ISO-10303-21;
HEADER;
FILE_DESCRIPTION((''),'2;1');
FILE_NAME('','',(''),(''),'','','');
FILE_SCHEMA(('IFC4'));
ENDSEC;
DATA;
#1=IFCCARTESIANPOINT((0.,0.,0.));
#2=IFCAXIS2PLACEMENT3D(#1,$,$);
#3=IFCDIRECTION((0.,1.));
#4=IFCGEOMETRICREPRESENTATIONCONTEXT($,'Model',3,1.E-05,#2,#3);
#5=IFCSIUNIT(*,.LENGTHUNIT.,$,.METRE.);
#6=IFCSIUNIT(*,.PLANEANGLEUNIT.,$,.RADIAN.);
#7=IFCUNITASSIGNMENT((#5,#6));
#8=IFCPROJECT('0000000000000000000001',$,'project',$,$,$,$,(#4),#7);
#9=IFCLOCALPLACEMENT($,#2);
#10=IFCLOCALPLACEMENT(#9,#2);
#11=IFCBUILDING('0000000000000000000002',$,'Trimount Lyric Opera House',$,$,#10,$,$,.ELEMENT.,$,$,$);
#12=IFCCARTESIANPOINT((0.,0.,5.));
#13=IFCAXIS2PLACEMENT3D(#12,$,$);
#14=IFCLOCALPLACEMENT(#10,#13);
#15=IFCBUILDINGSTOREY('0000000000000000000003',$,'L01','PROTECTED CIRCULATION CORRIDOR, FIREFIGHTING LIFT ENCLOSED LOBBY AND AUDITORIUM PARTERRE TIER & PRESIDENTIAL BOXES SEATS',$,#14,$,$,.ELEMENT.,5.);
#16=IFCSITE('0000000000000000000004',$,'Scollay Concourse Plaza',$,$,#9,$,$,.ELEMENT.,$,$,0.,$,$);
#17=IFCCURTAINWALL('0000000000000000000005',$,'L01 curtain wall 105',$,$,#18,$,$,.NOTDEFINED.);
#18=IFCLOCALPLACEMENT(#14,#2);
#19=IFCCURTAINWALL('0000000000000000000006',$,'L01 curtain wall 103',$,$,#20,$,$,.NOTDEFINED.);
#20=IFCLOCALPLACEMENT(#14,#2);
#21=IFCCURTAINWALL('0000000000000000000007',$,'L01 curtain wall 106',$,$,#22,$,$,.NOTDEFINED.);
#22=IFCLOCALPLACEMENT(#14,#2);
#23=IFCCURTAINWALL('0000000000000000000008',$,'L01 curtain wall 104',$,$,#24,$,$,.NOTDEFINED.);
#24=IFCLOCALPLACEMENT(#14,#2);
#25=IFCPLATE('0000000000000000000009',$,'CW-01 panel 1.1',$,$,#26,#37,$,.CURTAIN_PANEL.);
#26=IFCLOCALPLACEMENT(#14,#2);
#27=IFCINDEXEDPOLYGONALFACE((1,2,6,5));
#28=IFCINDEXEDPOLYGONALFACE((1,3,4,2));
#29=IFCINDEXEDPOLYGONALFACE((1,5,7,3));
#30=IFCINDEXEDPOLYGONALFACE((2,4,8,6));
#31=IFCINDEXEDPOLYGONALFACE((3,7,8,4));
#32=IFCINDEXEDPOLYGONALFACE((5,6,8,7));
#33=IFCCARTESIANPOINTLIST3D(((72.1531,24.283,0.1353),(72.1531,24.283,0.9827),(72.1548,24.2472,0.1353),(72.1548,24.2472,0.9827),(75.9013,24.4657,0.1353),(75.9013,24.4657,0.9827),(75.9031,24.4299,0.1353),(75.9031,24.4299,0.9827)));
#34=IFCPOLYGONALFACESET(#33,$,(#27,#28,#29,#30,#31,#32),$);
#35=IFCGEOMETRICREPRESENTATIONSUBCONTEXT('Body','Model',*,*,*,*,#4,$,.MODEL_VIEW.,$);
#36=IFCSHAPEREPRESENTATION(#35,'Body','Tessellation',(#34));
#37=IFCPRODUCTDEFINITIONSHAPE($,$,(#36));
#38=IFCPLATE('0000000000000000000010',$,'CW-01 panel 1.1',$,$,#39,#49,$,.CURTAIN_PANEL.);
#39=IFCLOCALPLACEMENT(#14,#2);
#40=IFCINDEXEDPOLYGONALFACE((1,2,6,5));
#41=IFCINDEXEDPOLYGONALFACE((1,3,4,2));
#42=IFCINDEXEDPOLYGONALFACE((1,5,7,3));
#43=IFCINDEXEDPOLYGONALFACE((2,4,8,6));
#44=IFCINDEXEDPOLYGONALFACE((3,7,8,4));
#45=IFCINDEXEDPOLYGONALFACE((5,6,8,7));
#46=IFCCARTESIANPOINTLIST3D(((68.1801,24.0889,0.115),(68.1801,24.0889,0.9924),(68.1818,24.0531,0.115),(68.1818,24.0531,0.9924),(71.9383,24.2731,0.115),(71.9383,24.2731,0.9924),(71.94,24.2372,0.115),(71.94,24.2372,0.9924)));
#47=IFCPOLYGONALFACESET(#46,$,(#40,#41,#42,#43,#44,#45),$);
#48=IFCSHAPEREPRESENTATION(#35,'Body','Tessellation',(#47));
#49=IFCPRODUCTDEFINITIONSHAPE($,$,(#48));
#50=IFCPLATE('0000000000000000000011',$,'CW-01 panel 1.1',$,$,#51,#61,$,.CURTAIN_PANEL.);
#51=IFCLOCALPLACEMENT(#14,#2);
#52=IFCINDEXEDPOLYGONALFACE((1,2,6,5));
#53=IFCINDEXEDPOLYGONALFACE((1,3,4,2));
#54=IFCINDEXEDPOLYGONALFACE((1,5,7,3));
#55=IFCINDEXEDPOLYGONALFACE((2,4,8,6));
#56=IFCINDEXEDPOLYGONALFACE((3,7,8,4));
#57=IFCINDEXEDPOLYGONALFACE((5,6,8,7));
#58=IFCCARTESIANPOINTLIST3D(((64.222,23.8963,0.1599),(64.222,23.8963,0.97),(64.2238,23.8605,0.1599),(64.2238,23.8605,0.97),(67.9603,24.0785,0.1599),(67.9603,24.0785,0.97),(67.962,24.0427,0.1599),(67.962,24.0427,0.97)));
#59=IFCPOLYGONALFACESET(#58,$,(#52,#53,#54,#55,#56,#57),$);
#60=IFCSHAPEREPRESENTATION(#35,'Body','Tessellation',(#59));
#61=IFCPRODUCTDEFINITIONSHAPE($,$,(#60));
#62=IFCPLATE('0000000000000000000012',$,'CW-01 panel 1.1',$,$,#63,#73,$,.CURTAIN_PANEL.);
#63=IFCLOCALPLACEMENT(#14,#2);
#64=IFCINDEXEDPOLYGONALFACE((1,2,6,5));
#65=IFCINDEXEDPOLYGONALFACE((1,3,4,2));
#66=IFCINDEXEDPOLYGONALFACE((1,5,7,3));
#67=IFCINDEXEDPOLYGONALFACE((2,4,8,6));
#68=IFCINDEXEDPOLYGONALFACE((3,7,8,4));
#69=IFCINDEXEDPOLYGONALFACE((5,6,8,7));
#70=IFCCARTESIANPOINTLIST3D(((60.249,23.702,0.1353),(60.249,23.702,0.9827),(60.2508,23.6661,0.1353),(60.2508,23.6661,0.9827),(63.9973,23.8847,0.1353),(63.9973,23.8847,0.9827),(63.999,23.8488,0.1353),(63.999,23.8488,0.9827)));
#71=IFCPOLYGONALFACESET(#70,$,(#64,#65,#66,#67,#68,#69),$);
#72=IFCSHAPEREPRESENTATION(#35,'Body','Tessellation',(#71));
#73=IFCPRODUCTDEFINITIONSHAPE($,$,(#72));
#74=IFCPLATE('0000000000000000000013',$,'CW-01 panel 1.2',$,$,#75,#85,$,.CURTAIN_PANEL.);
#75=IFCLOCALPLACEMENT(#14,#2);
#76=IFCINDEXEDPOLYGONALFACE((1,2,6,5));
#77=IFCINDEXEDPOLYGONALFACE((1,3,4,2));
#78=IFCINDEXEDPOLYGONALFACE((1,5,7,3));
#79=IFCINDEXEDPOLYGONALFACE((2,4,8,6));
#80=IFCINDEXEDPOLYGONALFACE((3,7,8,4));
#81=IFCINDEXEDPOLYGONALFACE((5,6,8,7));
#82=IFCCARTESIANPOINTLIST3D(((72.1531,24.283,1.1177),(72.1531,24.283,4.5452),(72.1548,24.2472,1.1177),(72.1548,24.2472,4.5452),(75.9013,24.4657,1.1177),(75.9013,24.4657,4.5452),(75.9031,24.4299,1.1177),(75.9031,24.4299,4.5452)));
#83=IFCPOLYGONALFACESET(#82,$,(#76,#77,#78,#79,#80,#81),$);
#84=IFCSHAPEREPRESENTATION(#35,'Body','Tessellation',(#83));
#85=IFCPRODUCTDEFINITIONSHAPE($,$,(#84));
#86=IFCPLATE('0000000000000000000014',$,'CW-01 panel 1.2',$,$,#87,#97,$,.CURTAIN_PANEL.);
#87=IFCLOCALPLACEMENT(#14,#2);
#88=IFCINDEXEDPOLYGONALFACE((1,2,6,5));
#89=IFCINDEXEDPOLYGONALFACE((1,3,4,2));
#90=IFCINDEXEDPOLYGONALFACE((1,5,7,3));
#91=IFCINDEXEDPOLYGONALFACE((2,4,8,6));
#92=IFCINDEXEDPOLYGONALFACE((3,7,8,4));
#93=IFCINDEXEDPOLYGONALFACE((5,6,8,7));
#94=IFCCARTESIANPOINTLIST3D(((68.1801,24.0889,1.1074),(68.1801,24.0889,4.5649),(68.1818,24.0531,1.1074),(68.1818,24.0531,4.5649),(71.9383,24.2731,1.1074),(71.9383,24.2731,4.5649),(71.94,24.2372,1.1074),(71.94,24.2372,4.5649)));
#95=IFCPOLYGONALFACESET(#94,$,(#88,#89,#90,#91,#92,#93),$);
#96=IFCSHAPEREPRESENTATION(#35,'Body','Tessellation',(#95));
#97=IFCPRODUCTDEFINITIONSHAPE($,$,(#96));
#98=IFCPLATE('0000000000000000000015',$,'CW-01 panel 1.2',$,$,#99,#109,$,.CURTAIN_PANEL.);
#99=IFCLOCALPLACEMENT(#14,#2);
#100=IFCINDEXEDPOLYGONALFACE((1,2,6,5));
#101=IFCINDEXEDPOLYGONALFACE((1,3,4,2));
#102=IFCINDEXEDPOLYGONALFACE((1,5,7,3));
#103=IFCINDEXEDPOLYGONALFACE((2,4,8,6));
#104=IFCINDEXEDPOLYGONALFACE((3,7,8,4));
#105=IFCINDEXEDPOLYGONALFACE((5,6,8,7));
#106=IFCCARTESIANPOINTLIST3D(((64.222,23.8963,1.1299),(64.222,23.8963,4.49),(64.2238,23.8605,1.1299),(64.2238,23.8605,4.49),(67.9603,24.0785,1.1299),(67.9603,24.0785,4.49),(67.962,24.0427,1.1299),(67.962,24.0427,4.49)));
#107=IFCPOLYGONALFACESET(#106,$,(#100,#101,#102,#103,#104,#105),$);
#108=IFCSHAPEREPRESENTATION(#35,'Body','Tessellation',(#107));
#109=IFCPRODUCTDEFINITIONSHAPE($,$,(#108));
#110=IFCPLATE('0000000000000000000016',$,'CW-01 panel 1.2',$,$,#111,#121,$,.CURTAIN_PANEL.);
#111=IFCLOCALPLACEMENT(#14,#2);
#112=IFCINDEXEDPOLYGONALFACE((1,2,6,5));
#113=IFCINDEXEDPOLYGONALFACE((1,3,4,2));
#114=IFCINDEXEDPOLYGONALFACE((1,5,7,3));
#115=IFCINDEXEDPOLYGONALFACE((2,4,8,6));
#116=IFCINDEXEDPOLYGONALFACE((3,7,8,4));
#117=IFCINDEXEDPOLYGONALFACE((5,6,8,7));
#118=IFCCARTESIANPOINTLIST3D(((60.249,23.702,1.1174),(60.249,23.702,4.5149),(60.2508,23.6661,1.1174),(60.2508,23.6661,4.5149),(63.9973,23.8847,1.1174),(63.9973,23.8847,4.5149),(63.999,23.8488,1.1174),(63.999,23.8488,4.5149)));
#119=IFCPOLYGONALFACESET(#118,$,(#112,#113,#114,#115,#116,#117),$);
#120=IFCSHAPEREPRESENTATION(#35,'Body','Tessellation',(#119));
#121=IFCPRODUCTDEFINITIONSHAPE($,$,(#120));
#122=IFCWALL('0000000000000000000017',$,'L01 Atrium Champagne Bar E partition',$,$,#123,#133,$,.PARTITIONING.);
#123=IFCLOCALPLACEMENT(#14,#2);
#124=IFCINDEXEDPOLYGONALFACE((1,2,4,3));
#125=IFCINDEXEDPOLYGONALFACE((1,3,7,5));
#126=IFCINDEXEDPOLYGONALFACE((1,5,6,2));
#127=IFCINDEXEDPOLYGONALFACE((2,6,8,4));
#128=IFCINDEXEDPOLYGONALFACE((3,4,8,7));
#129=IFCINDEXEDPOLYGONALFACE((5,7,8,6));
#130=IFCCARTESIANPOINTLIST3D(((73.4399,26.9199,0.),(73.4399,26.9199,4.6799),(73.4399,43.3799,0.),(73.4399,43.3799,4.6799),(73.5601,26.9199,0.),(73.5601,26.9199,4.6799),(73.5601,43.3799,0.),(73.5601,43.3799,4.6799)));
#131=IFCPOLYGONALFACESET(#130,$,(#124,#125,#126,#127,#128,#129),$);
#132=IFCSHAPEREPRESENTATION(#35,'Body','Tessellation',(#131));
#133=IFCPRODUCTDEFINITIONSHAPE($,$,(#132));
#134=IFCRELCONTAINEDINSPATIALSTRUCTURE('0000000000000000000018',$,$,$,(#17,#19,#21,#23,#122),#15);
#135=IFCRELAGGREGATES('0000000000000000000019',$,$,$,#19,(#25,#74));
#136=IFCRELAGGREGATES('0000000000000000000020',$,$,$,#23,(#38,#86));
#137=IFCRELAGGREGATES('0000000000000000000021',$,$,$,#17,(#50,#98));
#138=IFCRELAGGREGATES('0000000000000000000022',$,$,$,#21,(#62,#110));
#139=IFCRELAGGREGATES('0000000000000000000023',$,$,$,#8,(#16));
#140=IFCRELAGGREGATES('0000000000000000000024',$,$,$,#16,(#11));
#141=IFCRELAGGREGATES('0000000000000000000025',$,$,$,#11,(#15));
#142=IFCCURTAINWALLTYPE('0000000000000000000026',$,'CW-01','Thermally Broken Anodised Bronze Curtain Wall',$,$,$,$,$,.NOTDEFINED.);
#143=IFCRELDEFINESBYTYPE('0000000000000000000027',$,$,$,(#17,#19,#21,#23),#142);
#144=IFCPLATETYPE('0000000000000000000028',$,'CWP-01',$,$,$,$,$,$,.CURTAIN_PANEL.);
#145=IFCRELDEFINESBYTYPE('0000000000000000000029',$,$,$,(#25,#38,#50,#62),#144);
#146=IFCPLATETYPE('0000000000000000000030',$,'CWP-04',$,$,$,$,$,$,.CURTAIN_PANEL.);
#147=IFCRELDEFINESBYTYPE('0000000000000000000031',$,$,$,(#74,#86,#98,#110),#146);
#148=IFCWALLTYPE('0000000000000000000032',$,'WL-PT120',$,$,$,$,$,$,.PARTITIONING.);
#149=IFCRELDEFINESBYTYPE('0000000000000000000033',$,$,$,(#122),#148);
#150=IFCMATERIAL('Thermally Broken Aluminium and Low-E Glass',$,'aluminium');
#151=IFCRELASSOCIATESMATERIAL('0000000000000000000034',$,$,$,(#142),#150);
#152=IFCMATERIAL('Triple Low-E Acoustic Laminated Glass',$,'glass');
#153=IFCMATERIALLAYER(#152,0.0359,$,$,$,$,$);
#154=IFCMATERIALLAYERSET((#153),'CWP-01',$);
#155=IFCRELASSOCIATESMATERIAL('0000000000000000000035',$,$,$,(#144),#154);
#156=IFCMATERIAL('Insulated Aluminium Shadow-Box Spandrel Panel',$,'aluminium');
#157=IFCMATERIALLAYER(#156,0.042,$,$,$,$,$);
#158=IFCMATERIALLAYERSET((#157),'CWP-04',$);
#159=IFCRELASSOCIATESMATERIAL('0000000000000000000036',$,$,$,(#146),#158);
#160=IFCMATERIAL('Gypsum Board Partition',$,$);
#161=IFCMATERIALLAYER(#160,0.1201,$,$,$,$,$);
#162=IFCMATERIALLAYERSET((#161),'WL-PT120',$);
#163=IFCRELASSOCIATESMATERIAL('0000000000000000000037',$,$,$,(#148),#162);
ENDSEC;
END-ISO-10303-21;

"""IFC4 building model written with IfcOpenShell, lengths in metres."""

from ifc_helpers import new_model, si_unit, direction, frame, frame_2d, origin, origin_2d, place, context, subcontext, project, spatial, rectangle, extrude, material, layer, layer_set, type_object, element, aggregate, save


model = new_model("IFC4")

# Units and contexts
model_context = context("Model", 3, precision=1e-05, world=origin(), true_north=direction((0.0, 1.0)))
body_context = subcontext(model_context, "Body", "Model", "MODEL_VIEW")
ifc_project = project(units=[si_unit("LENGTHUNIT", "METRE"), si_unit("PLANEANGLEUNIT", "RADIAN")], contexts=[model_context])

# Site, building, storey
site_placement = place(None, origin())
site = spatial("IfcSite", under=ifc_project, at=site_placement, Name="Scollay Concourse Plaza", CompositionType="ELEMENT", RefElevation=0.0)
building_placement = place(site_placement, origin())
building = spatial("IfcBuilding", under=site, at=building_placement, Name="Trimount Lyric Opera House", CompositionType="ELEMENT")
storey_placement = place(building_placement, frame((0.0, 0.0, 5.0)))
storey = spatial("IfcBuildingStorey", under=building, at=storey_placement, Name="L01", Description="PROTECTED CIRCULATION CORRIDOR, FIREFIGHTING LIFT ENCLOSED LOBBY AND AUDITORIUM PARTERRE TIER & PRESIDENTIAL BOXES SEATS", CompositionType="ELEMENT", Elevation=5.0)

# Curtain wall
ifc_material_1 = material(Name="Thermally Broken Aluminium and Low-E Glass", Category="aluminium")
curtain_wall_type = type_object("IfcCurtainWallType", Name="CW-01", Description="Thermally Broken Anodised Bronze Curtain Wall", PredefinedType="NOTDEFINED", material=ifc_material_1)
curtain_wall_1_placement = place(storey_placement, origin())
curtain_wall_1 = element("IfcCurtainWall", 1, at=curtain_wall_1_placement, inside=storey, type_object=curtain_wall_type, Name="L01 curtain wall 105", PredefinedType="NOTDEFINED")

# Curtain walls
curtain_wall_2_placement = place(storey_placement, origin())
curtain_wall_2 = element("IfcCurtainWall", 2, at=curtain_wall_2_placement, inside=storey, type_object=curtain_wall_type, Name="L01 curtain wall 103", PredefinedType="NOTDEFINED")
curtain_wall_3_placement = place(storey_placement, origin())
curtain_wall_3 = element("IfcCurtainWall", 3, at=curtain_wall_3_placement, inside=storey, type_object=curtain_wall_type, Name="L01 curtain wall 106", PredefinedType="NOTDEFINED")

# Curtain wall
curtain_wall_4_placement = place(storey_placement, origin())
curtain_wall_4 = element("IfcCurtainWall", 4, at=curtain_wall_4_placement, inside=storey, type_object=curtain_wall_type, Name="L01 curtain wall 104", PredefinedType="NOTDEFINED")

# Plates
ifc_material_2 = material(Name="Triple Low-E Acoustic Laminated Glass", Category="glass")
ifc_layer_1 = layer(ifc_material_2, 0.0359)
ifc_layer_set_1 = layer_set([ifc_layer_1], Name="CWP-01")
plate_type_1 = type_object("IfcPlateType", Name="CWP-01", PredefinedType="CURTAIN_PANEL", material=ifc_layer_set_1)
plate_1_placement = place(storey_placement, frame((74.0281, 24.3564, 0.1353), z_axis=(0.0, 0.0, 1.0), x_axis=(-0.998814, -0.048679, 0.0)))
plate_1 = element("IfcPlate", 5, at=plate_1_placement, type_object=plate_type_1, Name="CW-01 panel 1.1", PredefinedType="CURTAIN_PANEL", context=body_context, shape_type="SweptSolid", body=[
    extrude(rectangle(XDim=3.7527, YDim=0.0359, at=origin_2d()), origin(), (0.0, 0.0, 1.0), 0.8474),
])
plate_2_placement = place(storey_placement, frame((70.0601, 24.1631, 0.115), z_axis=(0.0, 0.0, 1.0), x_axis=(-0.998802, -0.048936, 0.0)))
plate_2 = element("IfcPlate", 6, at=plate_2_placement, type_object=plate_type_1, Name="CW-01 panel 1.1", PredefinedType="CURTAIN_PANEL", context=body_context, shape_type="SweptSolid", body=[
    extrude(rectangle(XDim=3.7627, YDim=0.0359, at=origin_2d()), origin(), (0.0, 0.0, 1.0), 0.8774),
])
plate_3_placement = place(storey_placement, frame((66.092, 23.9695, 0.1599), z_axis=(0.0, 0.0, 1.0), x_axis=(-0.998814, -0.048679, 0.0)))
plate_3 = element("IfcPlate", 7, at=plate_3_placement, type_object=plate_type_1, Name="CW-01 panel 1.1", PredefinedType="CURTAIN_PANEL", context=body_context, shape_type="SweptSolid", body=[
    extrude(rectangle(XDim=3.7427, YDim=0.0359, at=origin_2d()), origin(), (0.0, 0.0, 1.0), 0.8101),
])
plate_4_placement = place(storey_placement, frame((62.124, 23.7754, 0.1353), z_axis=(0.0, 0.0, 1.0), x_axis=(-0.998814, -0.048679, 0.0)))
plate_4 = element("IfcPlate", 8, at=plate_4_placement, type_object=plate_type_1, Name="CW-01 panel 1.1", PredefinedType="CURTAIN_PANEL", context=body_context, shape_type="SweptSolid", body=[
    extrude(rectangle(XDim=3.7527, YDim=0.0359, at=origin_2d()), origin(), (0.0, 0.0, 1.0), 0.8474),
])
ifc_material_3 = material(Name="Insulated Aluminium Shadow-Box Spandrel Panel", Category="aluminium")
ifc_layer_2 = layer(ifc_material_3, 0.042)
ifc_layer_set_2 = layer_set([ifc_layer_2], Name="CWP-04")
plate_type_2 = type_object("IfcPlateType", Name="CWP-04", PredefinedType="CURTAIN_PANEL", material=ifc_layer_set_2)
plate_5_placement = place(storey_placement, frame((74.0281, 24.3564, 1.1177), z_axis=(0.0, 0.0, 1.0), x_axis=(-0.998814, -0.048679, 0.0)))
plate_5 = element("IfcPlate", 9, at=plate_5_placement, type_object=plate_type_2, Name="CW-01 panel 1.2", PredefinedType="CURTAIN_PANEL", context=body_context, shape_type="SweptSolid", body=[
    extrude(rectangle(XDim=3.7527, YDim=0.0359, at=origin_2d()), origin(), (0.0, 0.0, 1.0), 3.4275),
])
aggregate(curtain_wall_2, [plate_1, plate_5])
plate_6_placement = place(storey_placement, frame((70.0601, 24.1631, 1.1074), z_axis=(0.0, 0.0, 1.0), x_axis=(-0.998802, -0.048936, 0.0)))
plate_6 = element("IfcPlate", 10, at=plate_6_placement, type_object=plate_type_2, Name="CW-01 panel 1.2", PredefinedType="CURTAIN_PANEL", context=body_context, shape_type="SweptSolid", body=[
    extrude(rectangle(XDim=3.7627, YDim=0.0359, at=origin_2d()), origin(), (0.0, 0.0, 1.0), 3.4575),
])
aggregate(curtain_wall_4, [plate_2, plate_6])
plate_7_placement = place(storey_placement, frame((66.092, 23.9695, 1.1299), z_axis=(0.0, 0.0, 1.0), x_axis=(-0.998814, -0.048679, 0.0)))
plate_7 = element("IfcPlate", 11, at=plate_7_placement, type_object=plate_type_2, Name="CW-01 panel 1.2", PredefinedType="CURTAIN_PANEL", context=body_context, shape_type="SweptSolid", body=[
    extrude(rectangle(XDim=3.7427, YDim=0.0359, at=origin_2d()), origin(), (0.0, 0.0, 1.0), 3.3601),
])
aggregate(curtain_wall_1, [plate_3, plate_7])
plate_8_placement = place(storey_placement, frame((62.124, 23.7754, 1.1174), z_axis=(0.0, 0.0, 1.0), x_axis=(-0.998814, -0.048679, 0.0)))
plate_8 = element("IfcPlate", 12, at=plate_8_placement, type_object=plate_type_2, Name="CW-01 panel 1.2", PredefinedType="CURTAIN_PANEL", context=body_context, shape_type="SweptSolid", body=[
    extrude(rectangle(XDim=3.7527, YDim=0.0359, at=origin_2d()), origin(), (0.0, 0.0, 1.0), 3.3975),
])
aggregate(curtain_wall_3, [plate_4, plate_8])

# Wall
ifc_material_4 = material(Name="Gypsum Board Partition")
ifc_layer_3 = layer(ifc_material_4, 0.1201)
ifc_layer_set_3 = layer_set([ifc_layer_3], Name="WL-PT120")
wall_type = type_object("IfcWallType", Name="WL-PT120", PredefinedType="PARTITIONING", material=ifc_layer_set_3)
wall_placement = place(storey_placement, frame((73.5, 26.9199, 0.0), z_axis=(0.0, 0.0, 1.0), x_axis=(0.0, 1.0, 0.0)))
element("IfcWall", 13, at=wall_placement, inside=storey, type_object=wall_type, Name="L01 Atrium Champagne Bar E partition", PredefinedType="PARTITIONING", context=body_context, shape_type="SweptSolid", body=[
    extrude(rectangle(XDim=16.46, YDim=0.1201, at=frame_2d((8.23, 0.0))), origin(), (0.0, 0.0, 1.0), 4.6799),
])

save(model, "model.ifc")
